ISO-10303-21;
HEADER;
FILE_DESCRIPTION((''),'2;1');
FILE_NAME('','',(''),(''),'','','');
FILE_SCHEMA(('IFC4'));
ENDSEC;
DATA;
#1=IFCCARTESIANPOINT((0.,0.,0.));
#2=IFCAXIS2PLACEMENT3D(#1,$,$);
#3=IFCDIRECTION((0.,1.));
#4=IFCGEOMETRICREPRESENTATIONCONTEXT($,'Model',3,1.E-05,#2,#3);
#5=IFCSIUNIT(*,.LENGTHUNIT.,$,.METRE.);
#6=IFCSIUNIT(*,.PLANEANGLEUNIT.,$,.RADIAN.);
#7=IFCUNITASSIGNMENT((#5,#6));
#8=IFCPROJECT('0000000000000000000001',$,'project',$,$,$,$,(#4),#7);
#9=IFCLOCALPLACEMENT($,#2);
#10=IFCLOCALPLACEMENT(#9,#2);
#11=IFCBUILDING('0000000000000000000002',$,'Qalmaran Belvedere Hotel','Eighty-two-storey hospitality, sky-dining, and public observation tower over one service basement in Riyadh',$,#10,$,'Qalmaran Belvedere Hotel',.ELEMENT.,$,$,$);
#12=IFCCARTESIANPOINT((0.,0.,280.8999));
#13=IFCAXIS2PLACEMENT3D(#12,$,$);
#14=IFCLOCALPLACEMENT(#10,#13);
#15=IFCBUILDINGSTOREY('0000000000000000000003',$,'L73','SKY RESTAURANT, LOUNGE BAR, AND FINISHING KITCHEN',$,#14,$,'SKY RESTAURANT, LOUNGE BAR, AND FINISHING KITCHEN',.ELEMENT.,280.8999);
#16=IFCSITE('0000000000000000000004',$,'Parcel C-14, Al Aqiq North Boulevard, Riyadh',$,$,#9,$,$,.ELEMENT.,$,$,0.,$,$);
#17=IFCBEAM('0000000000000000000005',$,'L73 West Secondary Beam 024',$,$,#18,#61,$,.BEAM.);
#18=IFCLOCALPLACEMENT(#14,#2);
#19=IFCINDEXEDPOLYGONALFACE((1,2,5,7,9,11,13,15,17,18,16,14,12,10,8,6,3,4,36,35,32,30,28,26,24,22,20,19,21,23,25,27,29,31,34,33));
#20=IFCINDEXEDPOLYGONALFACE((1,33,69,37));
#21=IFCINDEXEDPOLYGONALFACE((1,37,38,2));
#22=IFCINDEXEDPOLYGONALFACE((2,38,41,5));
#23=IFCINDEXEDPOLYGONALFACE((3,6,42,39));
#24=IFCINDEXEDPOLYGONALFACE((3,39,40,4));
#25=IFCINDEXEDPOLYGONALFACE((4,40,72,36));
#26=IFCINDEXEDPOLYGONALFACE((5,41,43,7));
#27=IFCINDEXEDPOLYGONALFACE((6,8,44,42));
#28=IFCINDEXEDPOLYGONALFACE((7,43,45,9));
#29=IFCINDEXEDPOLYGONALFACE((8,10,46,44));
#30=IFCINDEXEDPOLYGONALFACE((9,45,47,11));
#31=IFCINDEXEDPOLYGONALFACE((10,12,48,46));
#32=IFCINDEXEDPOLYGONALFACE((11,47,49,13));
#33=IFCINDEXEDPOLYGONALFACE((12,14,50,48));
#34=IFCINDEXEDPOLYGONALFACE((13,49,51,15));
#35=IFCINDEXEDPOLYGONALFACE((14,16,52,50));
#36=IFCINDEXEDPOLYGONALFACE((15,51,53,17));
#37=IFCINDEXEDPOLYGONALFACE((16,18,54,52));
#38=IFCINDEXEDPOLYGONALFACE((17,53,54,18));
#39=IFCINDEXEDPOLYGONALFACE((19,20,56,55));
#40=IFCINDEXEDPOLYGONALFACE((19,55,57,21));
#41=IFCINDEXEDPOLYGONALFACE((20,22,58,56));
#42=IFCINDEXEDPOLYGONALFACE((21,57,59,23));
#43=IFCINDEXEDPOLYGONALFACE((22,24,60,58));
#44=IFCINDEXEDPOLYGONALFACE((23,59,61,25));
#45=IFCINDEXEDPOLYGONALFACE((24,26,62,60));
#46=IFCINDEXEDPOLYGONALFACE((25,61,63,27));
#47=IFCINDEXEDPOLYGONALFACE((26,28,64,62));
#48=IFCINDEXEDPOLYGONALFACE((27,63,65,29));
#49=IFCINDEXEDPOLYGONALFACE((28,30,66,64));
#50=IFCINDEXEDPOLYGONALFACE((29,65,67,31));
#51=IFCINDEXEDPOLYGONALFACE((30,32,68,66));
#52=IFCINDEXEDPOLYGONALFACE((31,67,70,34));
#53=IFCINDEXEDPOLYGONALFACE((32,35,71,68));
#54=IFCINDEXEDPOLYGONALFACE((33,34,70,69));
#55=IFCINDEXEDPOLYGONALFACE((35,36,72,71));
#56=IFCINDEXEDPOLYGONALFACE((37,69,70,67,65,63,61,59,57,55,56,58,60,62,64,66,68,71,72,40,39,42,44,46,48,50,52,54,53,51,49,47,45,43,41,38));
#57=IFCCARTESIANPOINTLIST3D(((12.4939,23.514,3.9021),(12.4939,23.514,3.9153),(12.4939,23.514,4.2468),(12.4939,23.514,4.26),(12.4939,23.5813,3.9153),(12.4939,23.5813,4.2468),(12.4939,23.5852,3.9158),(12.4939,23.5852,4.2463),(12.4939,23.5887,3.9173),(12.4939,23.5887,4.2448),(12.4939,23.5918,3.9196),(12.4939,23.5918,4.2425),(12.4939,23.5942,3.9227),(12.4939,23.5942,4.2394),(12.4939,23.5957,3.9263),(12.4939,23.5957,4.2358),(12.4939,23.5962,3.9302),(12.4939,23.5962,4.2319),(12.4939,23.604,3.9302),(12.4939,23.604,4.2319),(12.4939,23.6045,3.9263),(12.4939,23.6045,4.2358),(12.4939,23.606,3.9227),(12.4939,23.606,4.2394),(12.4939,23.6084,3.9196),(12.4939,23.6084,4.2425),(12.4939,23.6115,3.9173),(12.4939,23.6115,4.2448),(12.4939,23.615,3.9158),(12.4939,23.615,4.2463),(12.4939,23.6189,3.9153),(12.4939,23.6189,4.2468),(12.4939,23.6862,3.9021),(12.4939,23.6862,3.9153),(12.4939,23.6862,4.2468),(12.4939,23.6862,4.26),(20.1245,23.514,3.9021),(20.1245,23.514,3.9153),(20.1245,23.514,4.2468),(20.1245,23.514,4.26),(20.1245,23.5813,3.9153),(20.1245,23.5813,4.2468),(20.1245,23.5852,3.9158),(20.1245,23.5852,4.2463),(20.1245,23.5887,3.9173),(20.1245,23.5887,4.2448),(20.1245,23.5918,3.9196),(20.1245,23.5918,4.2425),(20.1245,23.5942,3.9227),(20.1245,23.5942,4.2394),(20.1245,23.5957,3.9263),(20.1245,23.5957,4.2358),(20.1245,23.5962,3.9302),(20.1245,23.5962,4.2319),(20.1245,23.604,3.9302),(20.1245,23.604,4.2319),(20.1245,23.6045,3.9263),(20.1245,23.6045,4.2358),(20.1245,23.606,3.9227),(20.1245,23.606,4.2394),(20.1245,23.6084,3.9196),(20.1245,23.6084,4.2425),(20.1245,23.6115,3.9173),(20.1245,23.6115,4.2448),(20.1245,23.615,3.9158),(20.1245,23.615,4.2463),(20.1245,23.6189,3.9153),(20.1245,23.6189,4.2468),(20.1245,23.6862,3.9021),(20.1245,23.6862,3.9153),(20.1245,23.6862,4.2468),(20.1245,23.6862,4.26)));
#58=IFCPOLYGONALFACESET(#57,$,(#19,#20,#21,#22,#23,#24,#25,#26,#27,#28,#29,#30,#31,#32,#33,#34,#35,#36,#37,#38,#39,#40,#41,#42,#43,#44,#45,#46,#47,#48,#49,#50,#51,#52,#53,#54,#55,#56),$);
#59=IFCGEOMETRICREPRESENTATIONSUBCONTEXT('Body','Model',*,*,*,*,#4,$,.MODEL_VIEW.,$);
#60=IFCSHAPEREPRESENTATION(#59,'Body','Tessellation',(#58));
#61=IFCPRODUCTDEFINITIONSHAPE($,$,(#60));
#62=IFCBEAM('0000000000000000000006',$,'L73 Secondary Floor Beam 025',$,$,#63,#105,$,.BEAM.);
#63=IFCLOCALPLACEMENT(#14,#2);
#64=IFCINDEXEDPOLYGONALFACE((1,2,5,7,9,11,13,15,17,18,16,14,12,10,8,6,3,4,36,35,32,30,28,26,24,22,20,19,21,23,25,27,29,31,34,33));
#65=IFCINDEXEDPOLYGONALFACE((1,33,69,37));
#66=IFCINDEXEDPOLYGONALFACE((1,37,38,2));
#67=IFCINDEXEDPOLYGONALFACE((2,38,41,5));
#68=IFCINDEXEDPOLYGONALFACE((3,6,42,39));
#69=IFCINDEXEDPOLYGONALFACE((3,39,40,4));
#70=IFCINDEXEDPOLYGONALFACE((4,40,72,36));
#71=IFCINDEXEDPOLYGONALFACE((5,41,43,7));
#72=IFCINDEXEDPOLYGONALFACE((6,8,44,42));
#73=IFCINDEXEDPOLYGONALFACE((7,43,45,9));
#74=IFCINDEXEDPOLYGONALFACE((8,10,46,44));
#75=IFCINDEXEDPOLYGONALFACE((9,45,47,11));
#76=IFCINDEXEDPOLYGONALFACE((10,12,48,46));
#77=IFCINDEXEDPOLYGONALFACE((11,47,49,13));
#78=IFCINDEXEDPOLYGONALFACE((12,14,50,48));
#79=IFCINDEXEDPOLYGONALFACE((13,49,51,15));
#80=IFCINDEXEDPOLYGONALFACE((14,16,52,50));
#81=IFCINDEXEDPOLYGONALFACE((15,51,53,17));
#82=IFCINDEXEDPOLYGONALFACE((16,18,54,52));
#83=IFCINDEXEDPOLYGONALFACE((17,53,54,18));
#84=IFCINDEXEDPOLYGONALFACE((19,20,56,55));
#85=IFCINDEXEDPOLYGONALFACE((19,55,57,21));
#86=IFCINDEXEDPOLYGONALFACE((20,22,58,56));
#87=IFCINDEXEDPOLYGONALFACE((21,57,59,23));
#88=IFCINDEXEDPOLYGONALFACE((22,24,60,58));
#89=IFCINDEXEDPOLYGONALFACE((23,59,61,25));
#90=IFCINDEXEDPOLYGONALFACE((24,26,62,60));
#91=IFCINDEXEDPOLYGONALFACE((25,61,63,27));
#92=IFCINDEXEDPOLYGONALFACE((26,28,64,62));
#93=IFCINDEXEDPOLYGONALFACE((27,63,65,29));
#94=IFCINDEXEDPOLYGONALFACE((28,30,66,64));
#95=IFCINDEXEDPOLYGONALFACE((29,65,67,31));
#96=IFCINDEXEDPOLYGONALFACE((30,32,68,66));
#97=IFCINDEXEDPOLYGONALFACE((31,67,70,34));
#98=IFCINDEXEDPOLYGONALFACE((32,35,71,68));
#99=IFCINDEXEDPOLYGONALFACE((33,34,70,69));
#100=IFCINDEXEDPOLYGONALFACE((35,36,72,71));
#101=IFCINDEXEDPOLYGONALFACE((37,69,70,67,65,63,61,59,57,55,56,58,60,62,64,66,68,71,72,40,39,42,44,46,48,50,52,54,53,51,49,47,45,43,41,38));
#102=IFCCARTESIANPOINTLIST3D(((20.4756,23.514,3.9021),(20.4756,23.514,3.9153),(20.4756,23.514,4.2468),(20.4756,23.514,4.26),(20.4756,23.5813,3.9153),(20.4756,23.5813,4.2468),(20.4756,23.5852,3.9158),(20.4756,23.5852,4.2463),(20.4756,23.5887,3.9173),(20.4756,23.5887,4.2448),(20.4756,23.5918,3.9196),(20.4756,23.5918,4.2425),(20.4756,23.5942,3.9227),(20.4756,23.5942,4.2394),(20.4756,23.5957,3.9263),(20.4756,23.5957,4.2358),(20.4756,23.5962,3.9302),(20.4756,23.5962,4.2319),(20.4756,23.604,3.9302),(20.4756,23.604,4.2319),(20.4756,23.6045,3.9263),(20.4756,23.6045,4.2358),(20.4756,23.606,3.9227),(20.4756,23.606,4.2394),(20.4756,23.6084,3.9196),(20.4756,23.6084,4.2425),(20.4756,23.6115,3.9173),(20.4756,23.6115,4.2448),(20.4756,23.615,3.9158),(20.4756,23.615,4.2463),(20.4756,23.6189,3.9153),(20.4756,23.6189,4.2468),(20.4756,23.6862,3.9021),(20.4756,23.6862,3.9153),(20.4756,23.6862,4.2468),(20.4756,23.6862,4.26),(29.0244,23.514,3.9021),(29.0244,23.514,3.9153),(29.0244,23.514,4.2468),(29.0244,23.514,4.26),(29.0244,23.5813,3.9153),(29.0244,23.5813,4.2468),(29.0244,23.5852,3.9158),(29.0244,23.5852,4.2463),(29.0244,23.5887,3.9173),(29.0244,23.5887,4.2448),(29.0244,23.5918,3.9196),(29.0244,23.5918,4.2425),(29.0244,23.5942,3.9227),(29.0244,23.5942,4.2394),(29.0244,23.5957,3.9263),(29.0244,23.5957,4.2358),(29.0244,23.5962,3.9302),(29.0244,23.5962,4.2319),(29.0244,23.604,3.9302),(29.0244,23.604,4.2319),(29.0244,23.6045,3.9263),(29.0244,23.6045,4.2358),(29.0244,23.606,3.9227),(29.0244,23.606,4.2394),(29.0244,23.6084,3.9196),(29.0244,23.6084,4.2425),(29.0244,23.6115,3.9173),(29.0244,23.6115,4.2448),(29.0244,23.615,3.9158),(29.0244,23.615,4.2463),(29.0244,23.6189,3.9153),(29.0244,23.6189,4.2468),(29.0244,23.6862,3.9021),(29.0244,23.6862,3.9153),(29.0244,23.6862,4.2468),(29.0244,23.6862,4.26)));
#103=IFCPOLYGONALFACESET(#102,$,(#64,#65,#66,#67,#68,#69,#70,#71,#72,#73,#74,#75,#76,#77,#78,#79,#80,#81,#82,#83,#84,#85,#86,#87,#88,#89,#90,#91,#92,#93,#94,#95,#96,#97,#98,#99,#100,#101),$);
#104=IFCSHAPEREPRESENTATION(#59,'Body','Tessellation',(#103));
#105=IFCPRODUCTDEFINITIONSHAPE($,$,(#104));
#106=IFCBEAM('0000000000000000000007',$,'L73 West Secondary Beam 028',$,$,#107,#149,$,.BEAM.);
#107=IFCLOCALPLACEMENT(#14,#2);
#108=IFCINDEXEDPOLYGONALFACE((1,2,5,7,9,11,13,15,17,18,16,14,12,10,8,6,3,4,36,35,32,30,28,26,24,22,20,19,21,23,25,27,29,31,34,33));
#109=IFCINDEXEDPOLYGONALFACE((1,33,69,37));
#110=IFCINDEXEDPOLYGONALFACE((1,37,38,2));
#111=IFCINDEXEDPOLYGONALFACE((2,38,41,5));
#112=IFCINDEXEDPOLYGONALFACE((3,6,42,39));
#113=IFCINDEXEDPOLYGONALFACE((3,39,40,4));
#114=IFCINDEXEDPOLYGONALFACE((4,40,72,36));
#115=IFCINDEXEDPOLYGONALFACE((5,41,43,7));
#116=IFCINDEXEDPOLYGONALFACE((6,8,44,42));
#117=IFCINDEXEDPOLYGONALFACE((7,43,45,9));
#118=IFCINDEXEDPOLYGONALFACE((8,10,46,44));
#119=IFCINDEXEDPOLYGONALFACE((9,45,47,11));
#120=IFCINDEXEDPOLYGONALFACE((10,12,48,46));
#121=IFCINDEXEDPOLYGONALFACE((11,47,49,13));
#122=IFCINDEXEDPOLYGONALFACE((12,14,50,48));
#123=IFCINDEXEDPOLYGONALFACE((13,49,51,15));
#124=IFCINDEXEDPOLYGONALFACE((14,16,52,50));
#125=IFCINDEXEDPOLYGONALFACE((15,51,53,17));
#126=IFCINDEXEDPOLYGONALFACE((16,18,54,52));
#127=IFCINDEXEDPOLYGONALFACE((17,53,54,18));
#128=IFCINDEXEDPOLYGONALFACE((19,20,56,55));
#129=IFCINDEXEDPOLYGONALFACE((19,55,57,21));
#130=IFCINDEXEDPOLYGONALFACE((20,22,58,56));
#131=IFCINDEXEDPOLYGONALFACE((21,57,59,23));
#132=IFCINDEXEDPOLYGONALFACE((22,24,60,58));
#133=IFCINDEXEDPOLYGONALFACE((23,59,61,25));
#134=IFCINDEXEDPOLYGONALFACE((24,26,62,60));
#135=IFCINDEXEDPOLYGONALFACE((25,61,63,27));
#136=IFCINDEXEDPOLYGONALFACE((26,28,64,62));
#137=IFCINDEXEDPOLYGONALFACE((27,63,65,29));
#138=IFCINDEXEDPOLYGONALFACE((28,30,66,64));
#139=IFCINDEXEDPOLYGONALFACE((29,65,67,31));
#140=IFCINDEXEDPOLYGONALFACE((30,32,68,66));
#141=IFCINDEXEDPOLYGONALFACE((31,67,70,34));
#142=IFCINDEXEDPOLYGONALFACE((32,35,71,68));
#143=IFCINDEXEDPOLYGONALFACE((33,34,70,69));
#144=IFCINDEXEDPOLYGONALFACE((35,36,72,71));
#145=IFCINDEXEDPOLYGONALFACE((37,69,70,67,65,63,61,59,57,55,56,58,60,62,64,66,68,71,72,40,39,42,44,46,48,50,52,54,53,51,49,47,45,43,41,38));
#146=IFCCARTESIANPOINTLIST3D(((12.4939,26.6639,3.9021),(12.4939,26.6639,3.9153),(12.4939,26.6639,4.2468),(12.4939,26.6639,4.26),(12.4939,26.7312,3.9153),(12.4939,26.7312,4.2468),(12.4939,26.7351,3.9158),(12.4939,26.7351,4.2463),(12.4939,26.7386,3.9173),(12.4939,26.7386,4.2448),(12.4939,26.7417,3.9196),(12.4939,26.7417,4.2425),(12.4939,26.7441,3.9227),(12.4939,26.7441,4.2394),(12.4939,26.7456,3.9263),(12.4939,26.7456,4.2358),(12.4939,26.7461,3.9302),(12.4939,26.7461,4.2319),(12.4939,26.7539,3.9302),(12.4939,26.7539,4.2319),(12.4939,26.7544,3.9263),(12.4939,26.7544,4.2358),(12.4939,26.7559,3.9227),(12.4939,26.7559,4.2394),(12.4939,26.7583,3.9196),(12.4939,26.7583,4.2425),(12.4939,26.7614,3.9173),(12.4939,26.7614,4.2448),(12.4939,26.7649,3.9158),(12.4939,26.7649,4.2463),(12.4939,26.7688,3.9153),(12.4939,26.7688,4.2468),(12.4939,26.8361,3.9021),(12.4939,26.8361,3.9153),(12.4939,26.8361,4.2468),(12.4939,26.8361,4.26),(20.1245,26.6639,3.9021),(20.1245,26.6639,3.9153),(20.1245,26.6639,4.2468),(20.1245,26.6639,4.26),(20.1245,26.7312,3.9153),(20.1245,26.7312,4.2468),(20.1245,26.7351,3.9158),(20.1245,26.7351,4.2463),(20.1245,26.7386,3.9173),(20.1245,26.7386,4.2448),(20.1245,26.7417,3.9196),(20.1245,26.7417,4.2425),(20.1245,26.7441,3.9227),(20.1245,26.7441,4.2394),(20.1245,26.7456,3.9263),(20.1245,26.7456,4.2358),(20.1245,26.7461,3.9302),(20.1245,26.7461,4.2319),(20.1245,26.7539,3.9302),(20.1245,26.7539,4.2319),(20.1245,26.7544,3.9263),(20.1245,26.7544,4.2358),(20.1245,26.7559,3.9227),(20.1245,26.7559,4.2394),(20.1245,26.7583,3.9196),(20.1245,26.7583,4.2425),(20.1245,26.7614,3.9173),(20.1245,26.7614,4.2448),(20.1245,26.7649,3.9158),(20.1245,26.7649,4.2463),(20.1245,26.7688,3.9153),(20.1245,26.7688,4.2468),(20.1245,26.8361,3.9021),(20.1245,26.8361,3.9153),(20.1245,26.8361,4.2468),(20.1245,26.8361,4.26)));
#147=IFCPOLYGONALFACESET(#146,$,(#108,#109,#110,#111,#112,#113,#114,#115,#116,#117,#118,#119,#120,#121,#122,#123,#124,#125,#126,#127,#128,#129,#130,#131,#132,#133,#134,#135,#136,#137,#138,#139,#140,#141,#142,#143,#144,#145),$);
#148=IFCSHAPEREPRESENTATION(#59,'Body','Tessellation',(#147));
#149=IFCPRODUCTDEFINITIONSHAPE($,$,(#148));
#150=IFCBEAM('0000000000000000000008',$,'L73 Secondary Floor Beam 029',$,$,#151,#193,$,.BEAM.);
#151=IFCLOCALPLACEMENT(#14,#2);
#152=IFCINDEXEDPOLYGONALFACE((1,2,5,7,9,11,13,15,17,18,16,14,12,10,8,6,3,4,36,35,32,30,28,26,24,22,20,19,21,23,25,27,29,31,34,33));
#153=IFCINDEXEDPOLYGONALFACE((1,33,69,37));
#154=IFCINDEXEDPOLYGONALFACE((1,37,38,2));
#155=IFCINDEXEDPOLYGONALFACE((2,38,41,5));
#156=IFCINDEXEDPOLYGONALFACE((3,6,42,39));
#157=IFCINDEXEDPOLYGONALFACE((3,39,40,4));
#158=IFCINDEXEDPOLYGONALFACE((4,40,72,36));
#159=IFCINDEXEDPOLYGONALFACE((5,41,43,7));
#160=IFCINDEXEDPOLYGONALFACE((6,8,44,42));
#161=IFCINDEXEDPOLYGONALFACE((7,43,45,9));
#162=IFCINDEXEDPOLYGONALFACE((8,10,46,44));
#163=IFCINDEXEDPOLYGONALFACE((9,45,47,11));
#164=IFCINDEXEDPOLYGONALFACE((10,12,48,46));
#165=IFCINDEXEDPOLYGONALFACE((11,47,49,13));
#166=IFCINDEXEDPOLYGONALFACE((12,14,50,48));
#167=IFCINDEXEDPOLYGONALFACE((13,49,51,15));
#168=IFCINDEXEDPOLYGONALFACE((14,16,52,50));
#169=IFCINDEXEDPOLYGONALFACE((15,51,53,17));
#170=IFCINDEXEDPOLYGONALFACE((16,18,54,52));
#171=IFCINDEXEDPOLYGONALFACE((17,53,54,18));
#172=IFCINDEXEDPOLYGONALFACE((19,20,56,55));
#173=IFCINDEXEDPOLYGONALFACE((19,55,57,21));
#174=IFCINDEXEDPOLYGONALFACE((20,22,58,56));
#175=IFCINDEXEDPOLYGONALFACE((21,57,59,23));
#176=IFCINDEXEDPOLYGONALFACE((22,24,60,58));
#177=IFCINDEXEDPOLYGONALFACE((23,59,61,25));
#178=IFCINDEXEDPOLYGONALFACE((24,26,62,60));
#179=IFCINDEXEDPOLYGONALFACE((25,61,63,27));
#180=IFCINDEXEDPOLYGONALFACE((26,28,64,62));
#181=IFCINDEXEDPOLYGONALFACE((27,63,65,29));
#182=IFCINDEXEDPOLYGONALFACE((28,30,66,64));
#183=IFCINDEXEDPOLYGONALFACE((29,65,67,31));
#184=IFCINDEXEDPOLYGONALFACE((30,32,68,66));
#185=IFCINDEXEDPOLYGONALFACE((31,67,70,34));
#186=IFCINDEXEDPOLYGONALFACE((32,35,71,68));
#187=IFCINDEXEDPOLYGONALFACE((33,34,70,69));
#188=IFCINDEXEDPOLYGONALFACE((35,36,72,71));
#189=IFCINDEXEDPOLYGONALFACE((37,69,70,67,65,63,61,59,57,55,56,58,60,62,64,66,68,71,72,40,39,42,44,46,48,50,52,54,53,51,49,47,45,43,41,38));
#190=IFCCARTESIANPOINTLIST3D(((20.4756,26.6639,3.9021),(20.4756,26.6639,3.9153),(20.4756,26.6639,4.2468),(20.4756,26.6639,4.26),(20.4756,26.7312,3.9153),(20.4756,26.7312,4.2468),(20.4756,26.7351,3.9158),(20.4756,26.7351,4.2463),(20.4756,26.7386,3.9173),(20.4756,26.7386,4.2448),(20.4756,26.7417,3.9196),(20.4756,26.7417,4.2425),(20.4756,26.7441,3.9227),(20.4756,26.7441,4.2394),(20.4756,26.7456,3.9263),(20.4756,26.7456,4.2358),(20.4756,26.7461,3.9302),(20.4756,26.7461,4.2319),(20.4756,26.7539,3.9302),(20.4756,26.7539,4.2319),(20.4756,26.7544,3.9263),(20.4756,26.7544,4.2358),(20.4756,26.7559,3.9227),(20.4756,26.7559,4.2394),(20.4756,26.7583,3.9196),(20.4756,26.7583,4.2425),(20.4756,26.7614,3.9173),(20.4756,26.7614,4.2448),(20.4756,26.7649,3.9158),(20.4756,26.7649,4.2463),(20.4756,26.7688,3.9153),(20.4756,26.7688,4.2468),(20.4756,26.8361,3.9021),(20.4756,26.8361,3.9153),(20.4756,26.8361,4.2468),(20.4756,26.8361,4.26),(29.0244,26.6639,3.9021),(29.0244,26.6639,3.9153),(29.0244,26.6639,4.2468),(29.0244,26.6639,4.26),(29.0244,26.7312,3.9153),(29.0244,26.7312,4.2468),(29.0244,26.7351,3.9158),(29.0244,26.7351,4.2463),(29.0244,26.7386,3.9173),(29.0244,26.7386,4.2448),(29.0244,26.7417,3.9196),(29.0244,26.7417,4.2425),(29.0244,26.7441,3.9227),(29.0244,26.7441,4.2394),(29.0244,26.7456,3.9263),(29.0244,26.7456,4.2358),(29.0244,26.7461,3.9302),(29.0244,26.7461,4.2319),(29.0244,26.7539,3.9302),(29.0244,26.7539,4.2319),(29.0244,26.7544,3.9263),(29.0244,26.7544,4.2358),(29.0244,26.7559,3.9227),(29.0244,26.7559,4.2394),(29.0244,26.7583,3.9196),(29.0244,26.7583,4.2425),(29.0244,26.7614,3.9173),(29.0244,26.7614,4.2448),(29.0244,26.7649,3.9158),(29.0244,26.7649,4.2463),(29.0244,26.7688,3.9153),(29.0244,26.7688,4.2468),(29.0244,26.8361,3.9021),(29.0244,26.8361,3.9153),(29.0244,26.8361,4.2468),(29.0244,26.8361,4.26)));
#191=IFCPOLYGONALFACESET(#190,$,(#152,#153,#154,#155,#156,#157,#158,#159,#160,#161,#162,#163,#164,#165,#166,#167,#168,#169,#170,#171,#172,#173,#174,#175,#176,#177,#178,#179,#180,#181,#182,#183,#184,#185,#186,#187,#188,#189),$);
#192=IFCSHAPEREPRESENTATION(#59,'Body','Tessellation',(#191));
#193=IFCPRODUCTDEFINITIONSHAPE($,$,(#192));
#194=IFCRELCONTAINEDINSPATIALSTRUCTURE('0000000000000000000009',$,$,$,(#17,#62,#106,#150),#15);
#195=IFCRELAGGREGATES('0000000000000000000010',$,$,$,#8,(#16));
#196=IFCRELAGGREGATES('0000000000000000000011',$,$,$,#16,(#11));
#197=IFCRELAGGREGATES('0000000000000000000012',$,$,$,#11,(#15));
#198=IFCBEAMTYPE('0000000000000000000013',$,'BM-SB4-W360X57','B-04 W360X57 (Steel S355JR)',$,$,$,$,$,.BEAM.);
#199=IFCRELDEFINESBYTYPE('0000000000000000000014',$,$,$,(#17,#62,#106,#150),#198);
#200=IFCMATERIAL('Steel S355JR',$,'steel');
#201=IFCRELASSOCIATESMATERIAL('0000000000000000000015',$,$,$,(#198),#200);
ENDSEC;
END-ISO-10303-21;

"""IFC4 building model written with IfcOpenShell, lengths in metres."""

from ifc_helpers import new_model, si_unit, direction, frame, origin, origin_2d, place, context, subcontext, project, spatial, i_section, extrude, material, material_profile, profile_set, type_object, element, save


model = new_model("IFC4")

# Units and contexts
model_context = context("Model", 3, precision=1e-05, world=origin(), true_north=direction((0.0, 1.0)))
body_context = subcontext(model_context, "Body", "Model", "MODEL_VIEW")
ifc_project = project(units=[si_unit("LENGTHUNIT", "METRE"), si_unit("PLANEANGLEUNIT", "RADIAN")], contexts=[model_context])

# Site, building, storey
site_placement = place(None, origin())
site = spatial("IfcSite", under=ifc_project, at=site_placement, Name="Parcel C-14, Al Aqiq North Boulevard, Riyadh", CompositionType="ELEMENT", RefElevation=0.0)
building_placement = place(site_placement, origin())
building = spatial("IfcBuilding", under=site, at=building_placement, Name="Qalmaran Belvedere Hotel", Description="Eighty-two-storey hospitality, sky-dining, and public observation tower over one service basement in Riyadh", LongName="Qalmaran Belvedere Hotel", CompositionType="ELEMENT")
storey_placement = place(building_placement, frame((0.0, 0.0, 280.8999)))
storey = spatial("IfcBuildingStorey", under=building, at=storey_placement, Name="L73", Description="SKY RESTAURANT, LOUNGE BAR, AND FINISHING KITCHEN", LongName="SKY RESTAURANT, LOUNGE BAR, AND FINISHING KITCHEN", CompositionType="ELEMENT", Elevation=280.8999)

# Beams
ifc_material_1 = material(Name="Steel S355JR", Category="steel")
ifc_material_profile_1 = material_profile(ifc_material_1, i_section(OverallWidth=0.1721, OverallDepth=0.3579, WebThickness=0.0078, FlangeThickness=0.0132, FilletRadius=0.0149, at=origin_2d()), Name="W360X57")
ifc_profile_set_1 = profile_set([ifc_material_profile_1], Name="Steel S355JR")
beam_type_1 = type_object("IfcBeamType", Name="BM-SB4-W360X57", Description="B-04 W360X57 (Steel S355JR)", PredefinedType="BEAM", material=ifc_profile_set_1)
beam_1_placement = place(storey_placement, frame((12.4939, 23.6001, 4.0811), z_axis=(1.0, 0.0, 0.0), x_axis=(0.0, 1.0, 0.0)))
element("IfcBeam", 1, at=beam_1_placement, inside=storey, type_object=beam_type_1, Name="L73 West Secondary Beam 024", PredefinedType="BEAM", context=body_context, shape_type="SweptSolid", body=[
    extrude(i_section(OverallWidth=0.1721, OverallDepth=0.3579, WebThickness=0.0078, FlangeThickness=0.0132, FilletRadius=0.0149, at=origin_2d()), origin(), (0.0, 0.0, 1.0), 7.6306),
])
beam_2_placement = place(storey_placement, frame((20.4756, 23.6001, 4.0811), z_axis=(1.0, 0.0, 0.0), x_axis=(0.0, 1.0, 0.0)))
element("IfcBeam", 2, at=beam_2_placement, inside=storey, type_object=beam_type_1, Name="L73 Secondary Floor Beam 025", PredefinedType="BEAM", context=body_context, shape_type="SweptSolid", body=[
    extrude(i_section(OverallWidth=0.1721, OverallDepth=0.3579, WebThickness=0.0078, FlangeThickness=0.0132, FilletRadius=0.0149, at=origin_2d()), origin(), (0.0, 0.0, 1.0), 8.5488),
])
beam_3_placement = place(storey_placement, frame((12.4939, 26.75, 4.0811), z_axis=(1.0, 0.0, 0.0), x_axis=(0.0, 1.0, 0.0)))
element("IfcBeam", 3, at=beam_3_placement, inside=storey, type_object=beam_type_1, Name="L73 West Secondary Beam 028", PredefinedType="BEAM", context=body_context, shape_type="SweptSolid", body=[
    extrude(i_section(OverallWidth=0.1721, OverallDepth=0.3579, WebThickness=0.0078, FlangeThickness=0.0132, FilletRadius=0.0149, at=origin_2d()), origin(), (0.0, 0.0, 1.0), 7.6306),
])
beam_4_placement = place(storey_placement, frame((20.4756, 26.75, 4.0811), z_axis=(1.0, 0.0, 0.0), x_axis=(0.0, 1.0, 0.0)))
element("IfcBeam", 4, at=beam_4_placement, inside=storey, type_object=beam_type_1, Name="L73 Secondary Floor Beam 029", PredefinedType="BEAM", context=body_context, shape_type="SweptSolid", body=[
    extrude(i_section(OverallWidth=0.1721, OverallDepth=0.3579, WebThickness=0.0078, FlangeThickness=0.0132, FilletRadius=0.0149, at=origin_2d()), origin(), (0.0, 0.0, 1.0), 8.5488),
])

save(model, "model.ifc")
